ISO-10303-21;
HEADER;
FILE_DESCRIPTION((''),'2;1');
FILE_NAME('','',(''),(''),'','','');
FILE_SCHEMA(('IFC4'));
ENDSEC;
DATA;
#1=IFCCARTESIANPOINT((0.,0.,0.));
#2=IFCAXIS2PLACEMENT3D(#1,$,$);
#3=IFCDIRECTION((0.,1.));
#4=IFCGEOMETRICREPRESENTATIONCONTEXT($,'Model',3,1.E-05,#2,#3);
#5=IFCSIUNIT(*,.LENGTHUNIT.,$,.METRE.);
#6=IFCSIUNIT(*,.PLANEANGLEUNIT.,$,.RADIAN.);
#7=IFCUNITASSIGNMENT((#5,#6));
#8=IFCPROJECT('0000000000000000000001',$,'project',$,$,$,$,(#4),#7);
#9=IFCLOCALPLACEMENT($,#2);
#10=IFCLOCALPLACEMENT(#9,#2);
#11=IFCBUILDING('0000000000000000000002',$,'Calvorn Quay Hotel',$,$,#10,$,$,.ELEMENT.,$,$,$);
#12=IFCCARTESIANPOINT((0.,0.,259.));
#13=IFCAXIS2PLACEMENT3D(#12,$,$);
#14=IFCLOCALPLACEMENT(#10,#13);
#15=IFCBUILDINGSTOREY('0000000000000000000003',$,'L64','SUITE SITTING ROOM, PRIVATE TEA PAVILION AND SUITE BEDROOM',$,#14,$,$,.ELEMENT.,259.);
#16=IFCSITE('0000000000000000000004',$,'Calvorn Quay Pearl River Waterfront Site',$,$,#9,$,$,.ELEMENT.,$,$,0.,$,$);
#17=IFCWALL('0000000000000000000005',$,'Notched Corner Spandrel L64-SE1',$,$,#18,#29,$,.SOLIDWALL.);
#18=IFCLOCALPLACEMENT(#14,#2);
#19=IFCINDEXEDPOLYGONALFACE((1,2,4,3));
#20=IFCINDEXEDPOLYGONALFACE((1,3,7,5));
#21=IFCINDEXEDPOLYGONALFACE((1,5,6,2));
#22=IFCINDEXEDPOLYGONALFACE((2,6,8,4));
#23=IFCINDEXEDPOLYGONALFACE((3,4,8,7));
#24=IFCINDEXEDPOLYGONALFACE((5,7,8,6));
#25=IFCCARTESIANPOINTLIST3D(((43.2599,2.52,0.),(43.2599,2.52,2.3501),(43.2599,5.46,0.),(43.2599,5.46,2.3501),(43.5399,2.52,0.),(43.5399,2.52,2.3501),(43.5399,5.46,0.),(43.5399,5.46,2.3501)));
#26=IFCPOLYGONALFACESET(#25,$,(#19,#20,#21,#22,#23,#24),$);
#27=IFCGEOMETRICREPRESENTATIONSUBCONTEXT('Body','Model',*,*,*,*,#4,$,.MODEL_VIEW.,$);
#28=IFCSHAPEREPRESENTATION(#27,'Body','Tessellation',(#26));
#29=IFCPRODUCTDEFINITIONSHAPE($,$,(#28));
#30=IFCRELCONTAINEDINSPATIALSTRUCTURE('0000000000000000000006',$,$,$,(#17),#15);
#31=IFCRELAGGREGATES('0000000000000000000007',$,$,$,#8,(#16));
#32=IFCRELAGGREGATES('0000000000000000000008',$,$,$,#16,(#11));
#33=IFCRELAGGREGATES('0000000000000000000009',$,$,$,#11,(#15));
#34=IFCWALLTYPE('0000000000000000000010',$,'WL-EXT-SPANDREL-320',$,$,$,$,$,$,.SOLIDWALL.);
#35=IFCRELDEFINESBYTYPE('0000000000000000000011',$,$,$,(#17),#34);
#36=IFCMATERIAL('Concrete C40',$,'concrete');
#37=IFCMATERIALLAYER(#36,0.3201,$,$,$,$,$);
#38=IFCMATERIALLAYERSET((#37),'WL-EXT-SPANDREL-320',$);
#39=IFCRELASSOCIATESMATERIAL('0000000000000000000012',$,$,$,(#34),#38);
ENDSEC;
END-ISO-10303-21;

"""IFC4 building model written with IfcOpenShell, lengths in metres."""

from ifc_helpers import new_model, si_unit, direction, frame, frame_2d, origin, place, context, subcontext, project, spatial, rectangle, extrude, material, layer, layer_set, type_object, element, save


model = new_model("IFC4")

# Units and contexts
model_context = context("Model", 3, precision=1e-05, world=origin(), true_north=direction((0.0, 1.0)))
body_context = subcontext(model_context, "Body", "Model", "MODEL_VIEW")
ifc_project = project(units=[si_unit("LENGTHUNIT", "METRE"), si_unit("PLANEANGLEUNIT", "RADIAN")], contexts=[model_context])

# Site, building, storey
site_placement = place(None, origin())
site = spatial("IfcSite", under=ifc_project, at=site_placement, Name="Calvorn Quay Pearl River Waterfront Site", CompositionType="ELEMENT", RefElevation=0.0)
building_placement = place(site_placement, origin())
building = spatial("IfcBuilding", under=site, at=building_placement, Name="Calvorn Quay Hotel", CompositionType="ELEMENT")
storey_placement = place(building_placement, frame((0.0, 0.0, 259.0)))
storey = spatial("IfcBuildingStorey", under=building, at=storey_placement, Name="L64", Description="SUITE SITTING ROOM, PRIVATE TEA PAVILION AND SUITE BEDROOM", CompositionType="ELEMENT", Elevation=259.0)

# Wall
ifc_material_1 = material(Name="Concrete C40", Category="concrete")
ifc_layer_1 = layer(ifc_material_1, 0.3201)
ifc_layer_set_1 = layer_set([ifc_layer_1], Name="WL-EXT-SPANDREL-320")
wall_type = type_object("IfcWallType", Name="WL-EXT-SPANDREL-320", PredefinedType="SOLIDWALL", material=ifc_layer_set_1)
wall_1_placement = place(storey_placement, frame((43.3999, 2.52, 0.0), z_axis=(0.0, 0.0, 1.0), x_axis=(0.0, 1.0, 0.0)))
element("IfcWall", 1, at=wall_1_placement, inside=storey, type_object=wall_type, Name="Notched Corner Spandrel L64-SE1", PredefinedType="SOLIDWALL", context=body_context, shape_type="SweptSolid", body=[
    extrude(rectangle(XDim=2.9399, YDim=0.28, at=frame_2d((1.47, 0.0))), origin(), (0.0, 0.0, 1.0), 2.3501),
])

save(model, "model.ifc")
